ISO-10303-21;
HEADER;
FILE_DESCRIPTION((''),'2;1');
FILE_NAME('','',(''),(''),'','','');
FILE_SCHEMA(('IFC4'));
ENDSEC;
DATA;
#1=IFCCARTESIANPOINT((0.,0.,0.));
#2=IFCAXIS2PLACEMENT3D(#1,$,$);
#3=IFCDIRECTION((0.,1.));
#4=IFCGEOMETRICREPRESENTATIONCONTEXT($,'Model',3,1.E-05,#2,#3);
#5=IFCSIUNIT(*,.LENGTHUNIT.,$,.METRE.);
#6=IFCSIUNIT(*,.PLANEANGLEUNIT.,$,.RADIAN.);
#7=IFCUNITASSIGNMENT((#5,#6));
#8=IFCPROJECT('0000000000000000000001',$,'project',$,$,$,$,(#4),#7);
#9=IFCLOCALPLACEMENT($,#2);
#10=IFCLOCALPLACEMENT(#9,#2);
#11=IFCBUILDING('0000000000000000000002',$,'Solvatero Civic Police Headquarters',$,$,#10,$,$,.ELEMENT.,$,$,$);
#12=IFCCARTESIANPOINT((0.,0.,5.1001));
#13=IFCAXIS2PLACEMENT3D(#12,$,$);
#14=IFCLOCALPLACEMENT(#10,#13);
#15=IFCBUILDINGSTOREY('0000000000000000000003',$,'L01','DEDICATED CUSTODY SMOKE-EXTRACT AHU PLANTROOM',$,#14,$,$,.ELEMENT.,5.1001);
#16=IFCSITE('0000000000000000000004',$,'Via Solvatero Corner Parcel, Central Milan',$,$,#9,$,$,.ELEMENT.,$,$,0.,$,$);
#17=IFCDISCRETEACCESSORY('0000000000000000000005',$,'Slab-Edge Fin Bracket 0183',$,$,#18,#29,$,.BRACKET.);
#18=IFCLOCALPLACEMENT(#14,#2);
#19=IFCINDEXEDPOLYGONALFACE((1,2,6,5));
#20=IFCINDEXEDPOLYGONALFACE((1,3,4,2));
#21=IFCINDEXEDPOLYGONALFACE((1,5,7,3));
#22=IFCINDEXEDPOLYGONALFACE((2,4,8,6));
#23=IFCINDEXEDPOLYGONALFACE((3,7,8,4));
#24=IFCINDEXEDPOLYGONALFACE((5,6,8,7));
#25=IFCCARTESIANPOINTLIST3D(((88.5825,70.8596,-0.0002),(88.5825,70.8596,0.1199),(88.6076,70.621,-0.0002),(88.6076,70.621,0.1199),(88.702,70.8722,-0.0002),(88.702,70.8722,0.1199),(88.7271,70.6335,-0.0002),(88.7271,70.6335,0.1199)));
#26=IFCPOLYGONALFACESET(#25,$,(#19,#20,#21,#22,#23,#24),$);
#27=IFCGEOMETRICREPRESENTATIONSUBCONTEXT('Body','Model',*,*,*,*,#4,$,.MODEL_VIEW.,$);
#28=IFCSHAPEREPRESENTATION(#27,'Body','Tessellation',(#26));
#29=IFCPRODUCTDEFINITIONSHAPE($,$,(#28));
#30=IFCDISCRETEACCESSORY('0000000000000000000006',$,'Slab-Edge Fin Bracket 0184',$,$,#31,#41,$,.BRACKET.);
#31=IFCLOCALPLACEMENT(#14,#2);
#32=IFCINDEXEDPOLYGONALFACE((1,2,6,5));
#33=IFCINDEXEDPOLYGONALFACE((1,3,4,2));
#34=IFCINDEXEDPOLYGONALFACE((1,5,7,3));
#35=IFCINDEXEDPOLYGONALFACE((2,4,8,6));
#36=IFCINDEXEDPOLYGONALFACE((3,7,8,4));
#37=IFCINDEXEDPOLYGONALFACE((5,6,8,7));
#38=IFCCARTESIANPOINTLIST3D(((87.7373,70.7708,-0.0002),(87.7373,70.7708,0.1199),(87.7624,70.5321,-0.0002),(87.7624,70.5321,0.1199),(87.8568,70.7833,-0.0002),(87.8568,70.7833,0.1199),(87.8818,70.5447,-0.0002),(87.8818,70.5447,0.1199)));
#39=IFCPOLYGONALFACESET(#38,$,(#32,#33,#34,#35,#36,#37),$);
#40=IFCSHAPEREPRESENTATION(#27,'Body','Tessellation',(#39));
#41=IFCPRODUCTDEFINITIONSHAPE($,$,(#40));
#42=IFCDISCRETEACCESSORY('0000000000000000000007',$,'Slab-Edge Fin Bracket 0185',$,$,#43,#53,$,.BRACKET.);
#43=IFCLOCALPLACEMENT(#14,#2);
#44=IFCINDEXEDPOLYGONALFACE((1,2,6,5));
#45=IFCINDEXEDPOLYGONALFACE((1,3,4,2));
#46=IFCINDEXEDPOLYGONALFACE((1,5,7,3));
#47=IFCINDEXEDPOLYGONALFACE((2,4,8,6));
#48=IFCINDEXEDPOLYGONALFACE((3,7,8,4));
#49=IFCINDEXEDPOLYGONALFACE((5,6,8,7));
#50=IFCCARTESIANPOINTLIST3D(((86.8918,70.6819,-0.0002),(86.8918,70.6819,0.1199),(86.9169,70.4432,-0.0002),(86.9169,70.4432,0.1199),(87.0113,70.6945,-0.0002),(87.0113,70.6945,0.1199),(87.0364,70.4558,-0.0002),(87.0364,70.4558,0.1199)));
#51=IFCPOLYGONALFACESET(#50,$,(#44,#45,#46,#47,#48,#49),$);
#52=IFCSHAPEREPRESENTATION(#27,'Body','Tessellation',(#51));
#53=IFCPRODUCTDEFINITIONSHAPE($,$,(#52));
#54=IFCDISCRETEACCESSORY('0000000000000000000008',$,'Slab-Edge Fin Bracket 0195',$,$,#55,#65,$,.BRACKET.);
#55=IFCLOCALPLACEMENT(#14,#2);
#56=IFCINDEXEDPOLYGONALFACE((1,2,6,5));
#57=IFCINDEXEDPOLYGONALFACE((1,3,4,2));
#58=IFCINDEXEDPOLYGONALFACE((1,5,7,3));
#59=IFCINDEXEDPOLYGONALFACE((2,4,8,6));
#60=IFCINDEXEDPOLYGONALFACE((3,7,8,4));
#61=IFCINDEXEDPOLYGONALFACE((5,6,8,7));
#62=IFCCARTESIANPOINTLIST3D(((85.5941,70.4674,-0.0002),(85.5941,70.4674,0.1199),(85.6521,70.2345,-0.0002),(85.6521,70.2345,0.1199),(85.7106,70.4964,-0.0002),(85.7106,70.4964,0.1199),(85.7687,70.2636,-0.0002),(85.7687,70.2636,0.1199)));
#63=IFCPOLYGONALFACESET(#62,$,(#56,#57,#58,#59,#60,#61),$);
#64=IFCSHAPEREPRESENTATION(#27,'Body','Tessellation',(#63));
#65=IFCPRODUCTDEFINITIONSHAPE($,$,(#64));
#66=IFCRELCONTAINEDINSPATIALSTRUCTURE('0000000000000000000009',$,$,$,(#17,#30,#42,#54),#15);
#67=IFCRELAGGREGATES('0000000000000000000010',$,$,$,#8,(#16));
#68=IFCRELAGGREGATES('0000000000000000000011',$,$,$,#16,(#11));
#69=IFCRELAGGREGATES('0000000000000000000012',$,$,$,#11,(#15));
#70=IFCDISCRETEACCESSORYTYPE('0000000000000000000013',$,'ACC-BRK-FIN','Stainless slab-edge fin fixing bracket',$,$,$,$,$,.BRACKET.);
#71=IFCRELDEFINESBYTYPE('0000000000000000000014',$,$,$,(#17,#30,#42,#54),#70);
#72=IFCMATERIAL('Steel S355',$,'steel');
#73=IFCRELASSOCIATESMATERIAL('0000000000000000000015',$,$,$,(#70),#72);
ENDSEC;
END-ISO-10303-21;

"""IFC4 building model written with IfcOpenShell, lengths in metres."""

from ifc_helpers import new_model, si_unit, direction, frame, origin, origin_2d, place, context, subcontext, project, spatial, rectangle, extrude, material, type_object, element, save


model = new_model("IFC4")

# Units and contexts
model_context = context("Model", 3, precision=1e-05, world=origin(), true_north=direction((0.0, 1.0)))
body_context = subcontext(model_context, "Body", "Model", "MODEL_VIEW")
ifc_project = project(units=[si_unit("LENGTHUNIT", "METRE"), si_unit("PLANEANGLEUNIT", "RADIAN")], contexts=[model_context])

# Site, building, storey
site_placement = place(None, origin())
site = spatial("IfcSite", under=ifc_project, at=site_placement, Name="Via Solvatero Corner Parcel, Central Milan", CompositionType="ELEMENT", RefElevation=0.0)
building_placement = place(site_placement, origin())
building = spatial("IfcBuilding", under=site, at=building_placement, Name="Solvatero Civic Police Headquarters", CompositionType="ELEMENT")
storey_placement = place(building_placement, frame((0.0, 0.0, 5.1001)))
storey = spatial("IfcBuildingStorey", under=building, at=storey_placement, Name="L01", Description="DEDICATED CUSTODY SMOKE-EXTRACT AHU PLANTROOM", CompositionType="ELEMENT", Elevation=5.1001)

# Shared definitions
ifc_material_1 = material(Name="Steel S355", Category="steel")

# Discrete accessories
discrete_accessory_type = type_object("IfcDiscreteAccessoryType", Name="ACC-BRK-FIN", Description="Stainless slab-edge fin fixing bracket", PredefinedType="BRACKET", material=ifc_material_1)
for number, where, z_axis, x_axis, name in (
    (1, (88.6548, 70.7466, -0.0002), (0.0, 0.0, 1.0), (-0.994522, -0.104528, 0.0), "Slab-Edge Fin Bracket 0183"),
    (2, (87.8096, 70.6577, -0.0002), (0.0, 0.0, 1.0), (-0.994522, -0.104528, 0.0), "Slab-Edge Fin Bracket 0184"),
    (3, (86.9641, 70.5688, -0.0002), (0.0, 0.0, 1.0), (-0.994522, -0.104528, 0.0), "Slab-Edge Fin Bracket 0185"),
    (4, (85.6814, 70.3655, -0.0002), (0.0, 0.0, 1.0), (-0.9703, -0.241905, 0.0), "Slab-Edge Fin Bracket 0195"),
):
    element("IfcDiscreteAccessory", number, at=place(storey_placement, frame(where, z_axis=z_axis, x_axis=x_axis)), inside=storey, type_object=discrete_accessory_type, Name=name, PredefinedType="BRACKET", context=body_context, shape_type="SweptSolid", body=[
        extrude(rectangle(XDim=0.1201, YDim=0.24, at=origin_2d()), origin(), (0.0, 0.0, 1.0), 0.1201),
    ])

save(model, "model.ifc")
